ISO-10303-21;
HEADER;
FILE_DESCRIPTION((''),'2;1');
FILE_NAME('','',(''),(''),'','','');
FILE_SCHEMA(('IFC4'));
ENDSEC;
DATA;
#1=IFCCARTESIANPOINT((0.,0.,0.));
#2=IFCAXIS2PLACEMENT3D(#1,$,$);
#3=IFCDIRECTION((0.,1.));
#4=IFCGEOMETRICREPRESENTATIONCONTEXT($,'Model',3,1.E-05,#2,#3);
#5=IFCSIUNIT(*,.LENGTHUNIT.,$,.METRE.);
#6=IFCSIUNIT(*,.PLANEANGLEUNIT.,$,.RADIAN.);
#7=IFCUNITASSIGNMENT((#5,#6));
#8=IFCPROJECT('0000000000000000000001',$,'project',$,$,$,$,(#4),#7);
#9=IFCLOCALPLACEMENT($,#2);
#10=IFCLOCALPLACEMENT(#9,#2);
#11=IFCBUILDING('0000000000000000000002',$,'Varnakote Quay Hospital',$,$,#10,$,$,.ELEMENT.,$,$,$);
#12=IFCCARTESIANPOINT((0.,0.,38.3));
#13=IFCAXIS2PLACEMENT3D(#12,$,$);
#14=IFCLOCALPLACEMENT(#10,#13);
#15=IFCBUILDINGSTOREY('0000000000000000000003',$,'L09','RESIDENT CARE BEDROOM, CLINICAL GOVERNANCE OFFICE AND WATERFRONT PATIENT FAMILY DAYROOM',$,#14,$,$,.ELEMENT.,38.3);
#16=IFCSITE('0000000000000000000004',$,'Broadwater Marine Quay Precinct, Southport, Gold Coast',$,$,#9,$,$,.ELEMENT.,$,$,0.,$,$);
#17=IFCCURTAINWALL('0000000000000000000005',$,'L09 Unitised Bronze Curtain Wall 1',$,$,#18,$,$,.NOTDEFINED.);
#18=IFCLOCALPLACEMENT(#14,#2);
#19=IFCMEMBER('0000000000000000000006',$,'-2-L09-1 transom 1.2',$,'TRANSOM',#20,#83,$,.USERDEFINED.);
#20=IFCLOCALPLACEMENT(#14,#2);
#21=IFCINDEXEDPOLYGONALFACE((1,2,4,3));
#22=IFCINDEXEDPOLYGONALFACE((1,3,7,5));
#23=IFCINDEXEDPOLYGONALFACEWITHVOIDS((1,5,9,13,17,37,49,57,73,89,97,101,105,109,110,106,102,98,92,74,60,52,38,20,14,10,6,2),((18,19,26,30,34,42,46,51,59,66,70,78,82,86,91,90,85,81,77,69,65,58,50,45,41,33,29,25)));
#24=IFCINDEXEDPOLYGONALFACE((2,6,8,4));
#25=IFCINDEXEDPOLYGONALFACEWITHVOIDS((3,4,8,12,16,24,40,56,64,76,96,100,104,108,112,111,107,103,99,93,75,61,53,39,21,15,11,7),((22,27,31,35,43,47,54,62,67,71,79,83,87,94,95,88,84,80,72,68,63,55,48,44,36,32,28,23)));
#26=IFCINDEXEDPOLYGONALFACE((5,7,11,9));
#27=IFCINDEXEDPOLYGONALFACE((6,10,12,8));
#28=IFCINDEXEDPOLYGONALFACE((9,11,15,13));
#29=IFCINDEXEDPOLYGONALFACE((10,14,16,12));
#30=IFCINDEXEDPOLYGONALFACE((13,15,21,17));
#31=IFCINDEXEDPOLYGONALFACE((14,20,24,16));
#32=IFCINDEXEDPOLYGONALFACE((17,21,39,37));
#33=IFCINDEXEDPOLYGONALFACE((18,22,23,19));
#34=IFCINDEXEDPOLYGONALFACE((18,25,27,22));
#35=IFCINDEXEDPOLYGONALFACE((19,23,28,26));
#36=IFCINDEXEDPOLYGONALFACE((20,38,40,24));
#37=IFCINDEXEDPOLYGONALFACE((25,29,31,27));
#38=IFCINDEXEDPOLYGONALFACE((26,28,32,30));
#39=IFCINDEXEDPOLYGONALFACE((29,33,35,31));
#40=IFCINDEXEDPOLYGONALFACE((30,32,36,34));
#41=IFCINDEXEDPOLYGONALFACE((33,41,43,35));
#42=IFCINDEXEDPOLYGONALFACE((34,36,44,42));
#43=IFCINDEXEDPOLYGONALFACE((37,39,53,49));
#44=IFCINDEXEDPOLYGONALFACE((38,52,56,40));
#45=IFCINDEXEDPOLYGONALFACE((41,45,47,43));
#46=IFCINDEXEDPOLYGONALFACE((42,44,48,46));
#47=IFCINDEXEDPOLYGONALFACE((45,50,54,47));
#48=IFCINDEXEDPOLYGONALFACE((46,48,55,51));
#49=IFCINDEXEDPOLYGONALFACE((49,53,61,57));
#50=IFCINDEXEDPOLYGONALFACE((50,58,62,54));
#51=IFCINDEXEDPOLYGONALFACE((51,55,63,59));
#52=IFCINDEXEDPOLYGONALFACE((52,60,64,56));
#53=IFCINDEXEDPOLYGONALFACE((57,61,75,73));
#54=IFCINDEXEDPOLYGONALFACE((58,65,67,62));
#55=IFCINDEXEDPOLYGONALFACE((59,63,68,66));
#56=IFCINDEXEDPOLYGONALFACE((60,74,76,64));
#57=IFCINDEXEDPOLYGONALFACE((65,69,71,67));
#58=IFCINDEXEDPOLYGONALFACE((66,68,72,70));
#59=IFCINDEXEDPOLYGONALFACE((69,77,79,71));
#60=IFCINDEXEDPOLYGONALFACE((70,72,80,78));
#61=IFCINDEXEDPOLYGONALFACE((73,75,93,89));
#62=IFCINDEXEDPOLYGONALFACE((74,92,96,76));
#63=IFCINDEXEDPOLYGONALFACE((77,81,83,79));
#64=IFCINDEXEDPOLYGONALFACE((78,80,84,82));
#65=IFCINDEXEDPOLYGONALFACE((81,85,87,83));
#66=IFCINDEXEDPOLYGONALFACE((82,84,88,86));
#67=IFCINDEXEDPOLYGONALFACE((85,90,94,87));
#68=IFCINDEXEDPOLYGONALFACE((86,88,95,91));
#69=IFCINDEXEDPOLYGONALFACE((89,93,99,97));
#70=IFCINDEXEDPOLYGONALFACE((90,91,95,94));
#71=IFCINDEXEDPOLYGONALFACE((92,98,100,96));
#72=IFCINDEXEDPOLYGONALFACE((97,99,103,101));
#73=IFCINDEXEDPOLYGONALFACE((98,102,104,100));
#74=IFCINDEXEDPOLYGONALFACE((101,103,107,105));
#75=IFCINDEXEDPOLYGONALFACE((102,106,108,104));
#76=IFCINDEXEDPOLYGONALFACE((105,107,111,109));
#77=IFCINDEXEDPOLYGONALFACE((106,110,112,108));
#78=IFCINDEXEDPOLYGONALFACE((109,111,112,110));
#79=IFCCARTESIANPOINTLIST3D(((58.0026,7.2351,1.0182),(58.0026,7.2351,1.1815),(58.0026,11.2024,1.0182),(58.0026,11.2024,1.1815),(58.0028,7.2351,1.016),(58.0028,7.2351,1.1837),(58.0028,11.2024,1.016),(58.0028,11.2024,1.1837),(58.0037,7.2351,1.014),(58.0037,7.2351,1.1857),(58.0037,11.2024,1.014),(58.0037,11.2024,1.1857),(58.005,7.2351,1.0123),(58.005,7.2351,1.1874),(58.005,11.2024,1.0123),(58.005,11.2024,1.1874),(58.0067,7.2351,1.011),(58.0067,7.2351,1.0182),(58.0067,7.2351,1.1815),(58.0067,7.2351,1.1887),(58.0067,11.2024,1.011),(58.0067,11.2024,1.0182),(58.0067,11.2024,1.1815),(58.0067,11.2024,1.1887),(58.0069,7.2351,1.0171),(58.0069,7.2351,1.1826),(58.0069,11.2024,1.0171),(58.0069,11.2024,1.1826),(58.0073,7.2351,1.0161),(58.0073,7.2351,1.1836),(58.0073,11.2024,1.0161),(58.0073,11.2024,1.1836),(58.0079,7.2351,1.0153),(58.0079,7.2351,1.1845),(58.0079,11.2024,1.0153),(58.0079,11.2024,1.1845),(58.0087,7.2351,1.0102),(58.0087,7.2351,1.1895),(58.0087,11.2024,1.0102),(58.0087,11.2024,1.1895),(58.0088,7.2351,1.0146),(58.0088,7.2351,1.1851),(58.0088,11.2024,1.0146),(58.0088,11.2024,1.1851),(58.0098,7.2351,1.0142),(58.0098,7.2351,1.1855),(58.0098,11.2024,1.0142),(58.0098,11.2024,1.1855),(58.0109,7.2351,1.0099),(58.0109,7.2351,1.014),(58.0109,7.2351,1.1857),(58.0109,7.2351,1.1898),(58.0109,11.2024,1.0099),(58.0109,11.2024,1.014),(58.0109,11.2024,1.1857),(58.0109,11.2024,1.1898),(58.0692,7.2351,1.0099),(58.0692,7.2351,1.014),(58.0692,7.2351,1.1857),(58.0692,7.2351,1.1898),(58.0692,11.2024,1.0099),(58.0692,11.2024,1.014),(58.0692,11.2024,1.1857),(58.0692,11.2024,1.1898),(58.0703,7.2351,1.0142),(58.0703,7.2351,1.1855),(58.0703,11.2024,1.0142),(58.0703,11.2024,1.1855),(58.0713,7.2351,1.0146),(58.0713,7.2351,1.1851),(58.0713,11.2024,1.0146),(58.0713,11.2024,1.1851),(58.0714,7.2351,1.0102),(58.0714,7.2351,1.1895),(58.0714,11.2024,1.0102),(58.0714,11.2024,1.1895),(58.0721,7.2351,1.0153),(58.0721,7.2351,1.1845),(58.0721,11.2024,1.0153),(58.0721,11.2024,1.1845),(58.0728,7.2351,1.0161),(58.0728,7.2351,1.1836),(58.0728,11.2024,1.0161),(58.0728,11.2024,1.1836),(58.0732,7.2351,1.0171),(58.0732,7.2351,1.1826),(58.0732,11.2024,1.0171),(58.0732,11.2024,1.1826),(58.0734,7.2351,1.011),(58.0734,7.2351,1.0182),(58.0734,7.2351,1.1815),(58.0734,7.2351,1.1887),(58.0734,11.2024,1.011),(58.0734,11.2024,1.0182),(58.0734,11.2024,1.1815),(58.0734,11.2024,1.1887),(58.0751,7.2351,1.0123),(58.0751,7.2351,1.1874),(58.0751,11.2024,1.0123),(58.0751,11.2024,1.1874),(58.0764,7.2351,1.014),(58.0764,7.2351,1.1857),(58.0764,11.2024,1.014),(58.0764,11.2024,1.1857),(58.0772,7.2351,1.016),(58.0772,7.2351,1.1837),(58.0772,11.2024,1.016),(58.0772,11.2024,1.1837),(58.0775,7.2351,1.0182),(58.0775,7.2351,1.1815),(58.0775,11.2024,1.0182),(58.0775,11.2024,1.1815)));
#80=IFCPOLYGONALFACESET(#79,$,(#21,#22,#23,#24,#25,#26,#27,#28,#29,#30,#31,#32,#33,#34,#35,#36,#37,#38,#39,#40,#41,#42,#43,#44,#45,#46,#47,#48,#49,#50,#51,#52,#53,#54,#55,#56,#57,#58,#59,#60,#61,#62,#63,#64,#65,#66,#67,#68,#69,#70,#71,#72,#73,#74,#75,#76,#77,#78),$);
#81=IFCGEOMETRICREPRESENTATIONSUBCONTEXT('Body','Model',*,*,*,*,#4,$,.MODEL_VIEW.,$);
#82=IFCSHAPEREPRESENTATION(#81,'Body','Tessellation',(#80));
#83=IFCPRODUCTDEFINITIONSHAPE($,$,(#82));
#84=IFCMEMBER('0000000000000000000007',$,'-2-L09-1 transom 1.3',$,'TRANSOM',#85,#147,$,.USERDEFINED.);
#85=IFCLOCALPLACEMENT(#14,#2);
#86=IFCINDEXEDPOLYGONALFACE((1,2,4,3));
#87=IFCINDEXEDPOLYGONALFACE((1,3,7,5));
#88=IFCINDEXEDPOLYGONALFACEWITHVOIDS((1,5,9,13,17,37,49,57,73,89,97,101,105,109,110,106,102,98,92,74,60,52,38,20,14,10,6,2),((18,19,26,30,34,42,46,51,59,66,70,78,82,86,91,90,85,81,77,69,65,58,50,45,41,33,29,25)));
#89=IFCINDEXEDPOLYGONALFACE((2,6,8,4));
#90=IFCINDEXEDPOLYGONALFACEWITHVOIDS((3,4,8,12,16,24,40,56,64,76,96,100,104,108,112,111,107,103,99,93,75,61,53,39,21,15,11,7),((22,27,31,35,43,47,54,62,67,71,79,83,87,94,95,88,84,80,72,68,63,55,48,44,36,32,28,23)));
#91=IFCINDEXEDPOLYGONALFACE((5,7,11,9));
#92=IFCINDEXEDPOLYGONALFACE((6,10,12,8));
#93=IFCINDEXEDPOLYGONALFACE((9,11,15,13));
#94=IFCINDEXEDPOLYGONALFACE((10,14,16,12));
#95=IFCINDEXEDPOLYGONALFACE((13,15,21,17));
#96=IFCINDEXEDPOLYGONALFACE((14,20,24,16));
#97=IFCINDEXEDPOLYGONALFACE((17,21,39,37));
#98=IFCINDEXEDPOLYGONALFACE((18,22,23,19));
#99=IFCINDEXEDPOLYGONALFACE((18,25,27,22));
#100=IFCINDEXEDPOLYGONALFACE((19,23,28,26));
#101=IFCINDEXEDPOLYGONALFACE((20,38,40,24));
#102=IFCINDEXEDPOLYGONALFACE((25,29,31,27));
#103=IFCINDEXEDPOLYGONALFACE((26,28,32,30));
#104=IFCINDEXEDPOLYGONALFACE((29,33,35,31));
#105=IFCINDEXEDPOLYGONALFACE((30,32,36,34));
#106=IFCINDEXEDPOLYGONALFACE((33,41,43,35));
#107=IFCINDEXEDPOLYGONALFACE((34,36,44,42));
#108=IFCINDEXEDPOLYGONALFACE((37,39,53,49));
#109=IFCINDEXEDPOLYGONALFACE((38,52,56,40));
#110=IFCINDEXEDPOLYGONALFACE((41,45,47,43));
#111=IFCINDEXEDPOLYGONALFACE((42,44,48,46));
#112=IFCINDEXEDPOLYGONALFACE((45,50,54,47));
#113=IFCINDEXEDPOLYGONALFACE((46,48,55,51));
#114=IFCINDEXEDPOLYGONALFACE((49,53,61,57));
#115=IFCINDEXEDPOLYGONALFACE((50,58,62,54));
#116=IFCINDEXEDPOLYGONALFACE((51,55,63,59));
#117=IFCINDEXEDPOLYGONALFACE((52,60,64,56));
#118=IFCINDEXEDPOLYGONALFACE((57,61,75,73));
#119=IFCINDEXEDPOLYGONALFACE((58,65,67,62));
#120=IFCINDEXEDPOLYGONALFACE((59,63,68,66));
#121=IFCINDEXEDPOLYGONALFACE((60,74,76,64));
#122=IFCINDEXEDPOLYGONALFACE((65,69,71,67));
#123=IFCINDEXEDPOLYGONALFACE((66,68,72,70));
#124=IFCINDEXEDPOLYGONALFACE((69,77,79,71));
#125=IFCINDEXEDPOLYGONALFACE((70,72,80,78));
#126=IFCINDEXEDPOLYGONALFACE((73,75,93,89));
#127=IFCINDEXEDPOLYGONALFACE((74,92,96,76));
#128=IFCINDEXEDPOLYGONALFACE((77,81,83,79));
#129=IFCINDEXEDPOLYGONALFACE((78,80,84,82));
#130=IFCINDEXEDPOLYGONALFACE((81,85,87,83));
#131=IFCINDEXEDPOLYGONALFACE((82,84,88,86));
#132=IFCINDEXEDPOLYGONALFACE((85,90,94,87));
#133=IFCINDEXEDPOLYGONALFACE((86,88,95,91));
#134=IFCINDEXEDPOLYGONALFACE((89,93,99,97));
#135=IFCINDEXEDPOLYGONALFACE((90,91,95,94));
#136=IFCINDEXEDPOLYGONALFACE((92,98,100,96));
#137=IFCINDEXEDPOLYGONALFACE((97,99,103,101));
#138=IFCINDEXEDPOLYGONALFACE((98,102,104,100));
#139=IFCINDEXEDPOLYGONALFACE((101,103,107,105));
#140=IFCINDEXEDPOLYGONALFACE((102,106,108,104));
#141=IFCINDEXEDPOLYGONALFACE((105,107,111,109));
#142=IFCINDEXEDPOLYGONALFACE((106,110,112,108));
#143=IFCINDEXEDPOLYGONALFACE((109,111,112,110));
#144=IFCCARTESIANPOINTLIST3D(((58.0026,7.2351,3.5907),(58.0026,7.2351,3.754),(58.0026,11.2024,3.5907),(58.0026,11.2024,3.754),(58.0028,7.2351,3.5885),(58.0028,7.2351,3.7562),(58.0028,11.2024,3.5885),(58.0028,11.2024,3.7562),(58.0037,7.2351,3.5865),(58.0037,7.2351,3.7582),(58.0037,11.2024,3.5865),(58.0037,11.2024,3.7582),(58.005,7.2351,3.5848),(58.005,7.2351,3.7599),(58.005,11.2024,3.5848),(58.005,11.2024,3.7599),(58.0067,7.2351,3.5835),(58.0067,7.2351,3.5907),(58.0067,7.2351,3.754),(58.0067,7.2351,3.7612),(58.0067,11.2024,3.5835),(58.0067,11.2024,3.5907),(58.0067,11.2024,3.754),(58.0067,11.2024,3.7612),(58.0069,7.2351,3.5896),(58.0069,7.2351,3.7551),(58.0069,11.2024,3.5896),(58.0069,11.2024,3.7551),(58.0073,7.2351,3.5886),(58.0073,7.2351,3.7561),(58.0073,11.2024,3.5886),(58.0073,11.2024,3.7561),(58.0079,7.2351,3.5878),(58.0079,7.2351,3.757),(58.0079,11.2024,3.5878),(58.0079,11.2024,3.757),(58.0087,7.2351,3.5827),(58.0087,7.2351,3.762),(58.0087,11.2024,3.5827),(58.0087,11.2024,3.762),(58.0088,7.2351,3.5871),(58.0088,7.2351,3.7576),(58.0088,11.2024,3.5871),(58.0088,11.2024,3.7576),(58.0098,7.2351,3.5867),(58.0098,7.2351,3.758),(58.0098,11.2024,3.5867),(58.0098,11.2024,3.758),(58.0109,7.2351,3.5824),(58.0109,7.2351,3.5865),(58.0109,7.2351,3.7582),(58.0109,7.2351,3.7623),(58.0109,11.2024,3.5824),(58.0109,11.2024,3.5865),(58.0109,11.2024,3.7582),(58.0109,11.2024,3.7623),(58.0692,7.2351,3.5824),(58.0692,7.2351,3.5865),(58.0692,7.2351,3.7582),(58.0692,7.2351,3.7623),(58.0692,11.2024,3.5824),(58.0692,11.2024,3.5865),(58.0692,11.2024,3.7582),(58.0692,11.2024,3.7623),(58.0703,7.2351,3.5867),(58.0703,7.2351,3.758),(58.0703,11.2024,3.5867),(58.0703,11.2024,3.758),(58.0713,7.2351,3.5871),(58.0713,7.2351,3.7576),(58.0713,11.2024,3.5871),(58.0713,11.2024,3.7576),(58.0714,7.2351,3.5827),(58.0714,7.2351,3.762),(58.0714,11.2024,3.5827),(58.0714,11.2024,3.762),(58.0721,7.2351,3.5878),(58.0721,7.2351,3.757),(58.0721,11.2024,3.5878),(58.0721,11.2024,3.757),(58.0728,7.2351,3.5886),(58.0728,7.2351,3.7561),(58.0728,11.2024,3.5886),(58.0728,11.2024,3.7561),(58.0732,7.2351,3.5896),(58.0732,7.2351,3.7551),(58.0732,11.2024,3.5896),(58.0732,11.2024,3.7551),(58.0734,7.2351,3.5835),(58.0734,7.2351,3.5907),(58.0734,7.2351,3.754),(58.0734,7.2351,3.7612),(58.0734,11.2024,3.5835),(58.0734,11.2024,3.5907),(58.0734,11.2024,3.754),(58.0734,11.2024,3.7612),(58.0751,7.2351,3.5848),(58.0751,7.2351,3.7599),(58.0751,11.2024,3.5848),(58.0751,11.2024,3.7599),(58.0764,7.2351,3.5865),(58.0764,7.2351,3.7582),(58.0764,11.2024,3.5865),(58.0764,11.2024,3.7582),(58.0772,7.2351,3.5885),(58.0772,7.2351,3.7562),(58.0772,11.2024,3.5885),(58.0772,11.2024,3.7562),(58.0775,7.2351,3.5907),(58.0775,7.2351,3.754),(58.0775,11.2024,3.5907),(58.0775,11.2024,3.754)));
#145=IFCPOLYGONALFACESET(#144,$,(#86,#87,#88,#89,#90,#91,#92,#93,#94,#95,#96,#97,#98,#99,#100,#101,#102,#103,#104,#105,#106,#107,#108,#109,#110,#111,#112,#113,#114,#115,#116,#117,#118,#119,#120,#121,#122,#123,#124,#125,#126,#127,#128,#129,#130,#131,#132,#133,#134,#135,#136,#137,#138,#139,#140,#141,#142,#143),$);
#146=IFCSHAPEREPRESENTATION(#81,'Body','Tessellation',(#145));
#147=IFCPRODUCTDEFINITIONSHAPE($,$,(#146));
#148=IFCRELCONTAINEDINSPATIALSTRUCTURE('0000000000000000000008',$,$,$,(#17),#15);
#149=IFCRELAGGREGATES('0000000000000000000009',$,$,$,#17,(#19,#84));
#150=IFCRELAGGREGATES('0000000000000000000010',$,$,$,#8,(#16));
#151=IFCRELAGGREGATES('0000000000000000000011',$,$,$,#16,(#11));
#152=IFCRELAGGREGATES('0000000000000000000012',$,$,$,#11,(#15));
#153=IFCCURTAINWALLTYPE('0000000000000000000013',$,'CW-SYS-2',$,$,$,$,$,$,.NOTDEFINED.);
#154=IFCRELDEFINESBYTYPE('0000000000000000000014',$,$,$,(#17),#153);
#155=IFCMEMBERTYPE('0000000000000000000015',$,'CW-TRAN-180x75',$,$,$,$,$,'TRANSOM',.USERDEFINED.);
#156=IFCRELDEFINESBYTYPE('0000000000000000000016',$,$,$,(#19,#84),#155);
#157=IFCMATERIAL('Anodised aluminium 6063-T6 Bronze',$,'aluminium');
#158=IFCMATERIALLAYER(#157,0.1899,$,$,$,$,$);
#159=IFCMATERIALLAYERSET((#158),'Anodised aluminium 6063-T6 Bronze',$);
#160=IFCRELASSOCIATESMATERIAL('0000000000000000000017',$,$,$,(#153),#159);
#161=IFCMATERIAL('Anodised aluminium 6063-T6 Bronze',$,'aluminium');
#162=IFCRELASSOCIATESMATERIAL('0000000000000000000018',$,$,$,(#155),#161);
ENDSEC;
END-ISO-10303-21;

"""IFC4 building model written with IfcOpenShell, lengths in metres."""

from ifc_helpers import new_model, si_unit, direction, frame, origin, origin_2d, place, context, subcontext, project, spatial, hollow_rectangle, extrude, material, layer, layer_set, material_profile, profile_set, type_object, element, aggregate, save


model = new_model("IFC4")

# Units and contexts
model_context = context("Model", 3, precision=1e-05, world=origin(), true_north=direction((0.0, 1.0)))
body_context = subcontext(model_context, "Body", "Model", "MODEL_VIEW")
ifc_project = project(units=[si_unit("LENGTHUNIT", "METRE"), si_unit("PLANEANGLEUNIT", "RADIAN")], contexts=[model_context])

# Site, building, storey
site_placement = place(None, origin())
site = spatial("IfcSite", under=ifc_project, at=site_placement, Name="Broadwater Marine Quay Precinct, Southport, Gold Coast", CompositionType="ELEMENT", RefElevation=0.0)
building_placement = place(site_placement, origin())
building = spatial("IfcBuilding", under=site, at=building_placement, Name="Varnakote Quay Hospital", CompositionType="ELEMENT")
storey_placement = place(building_placement, frame((0.0, 0.0, 38.3)))
storey = spatial("IfcBuildingStorey", under=building, at=storey_placement, Name="L09", Description="RESIDENT CARE BEDROOM, CLINICAL GOVERNANCE OFFICE AND WATERFRONT PATIENT FAMILY DAYROOM", CompositionType="ELEMENT", Elevation=38.3)

# Curtain wall, members
ifc_material_1 = material(Name="Anodised aluminium 6063-T6 Bronze", Category="aluminium")
ifc_layer_1 = layer(ifc_material_1, 0.1899)
ifc_layer_set_1 = layer_set([ifc_layer_1], Name="Anodised aluminium 6063-T6 Bronze")
curtain_wall_type = type_object("IfcCurtainWallType", Name="CW-SYS-2", PredefinedType="NOTDEFINED", material=ifc_layer_set_1)
curtain_wall_placement = place(storey_placement, origin())
curtain_wall = element("IfcCurtainWall", 1, at=curtain_wall_placement, inside=storey, type_object=curtain_wall_type, Name="L09 Unitised Bronze Curtain Wall 1", PredefinedType="NOTDEFINED")
ifc_material_2 = material(Name="Anodised aluminium 6063-T6 Bronze", Category="aluminium")
ifc_material_profile_1 = material_profile(ifc_material_2, hollow_rectangle(XDim=0.075, YDim=0.1799, WallThickness=0.0042, InnerFilletRadius=0.0042, OuterFilletRadius=0.0083, at=origin_2d()), Name="CW-TRAN-180x75")
ifc_profile_set_1 = profile_set([ifc_material_profile_1], Name="Anodised aluminium 6063-T6 Bronze")
member_type_1 = type_object("IfcMemberType", Name="CW-TRAN-180x75", ElementType="TRANSOM", PredefinedType="USERDEFINED", material=ifc_profile_set_1)
member_1_placement = place(storey_placement, frame((58.04, 7.2351, 1.0999), z_axis=(0.0, 1.0, 0.0), x_axis=(-1.0, 0.0, 0.0)))
member_1 = element("IfcMember", 2, at=member_1_placement, type_object=member_type_1, Name="-2-L09-1 transom 1.2", ObjectType="TRANSOM", PredefinedType="USERDEFINED", context=body_context, shape_type="SweptSolid", body=[
    extrude(hollow_rectangle(XDim=0.075, YDim=0.1799, WallThickness=0.0042, InnerFilletRadius=0.0042, OuterFilletRadius=0.0083, at=origin_2d()), origin(), (0.0, 0.0, 1.0), 3.9673),
])
member_2_placement = place(storey_placement, frame((58.04, 7.2351, 3.6724), z_axis=(0.0, 1.0, 0.0), x_axis=(-1.0, 0.0, 0.0)))
member_2 = element("IfcMember", 3, at=member_2_placement, type_object=member_type_1, Name="-2-L09-1 transom 1.3", ObjectType="TRANSOM", PredefinedType="USERDEFINED", context=body_context, shape_type="SweptSolid", body=[
    extrude(hollow_rectangle(XDim=0.075, YDim=0.1799, WallThickness=0.0042, InnerFilletRadius=0.0042, OuterFilletRadius=0.0083, at=origin_2d()), origin(), (0.0, 0.0, 1.0), 3.9673),
])
aggregate(curtain_wall, [member_1, member_2])

save(model, "model.ifc")
